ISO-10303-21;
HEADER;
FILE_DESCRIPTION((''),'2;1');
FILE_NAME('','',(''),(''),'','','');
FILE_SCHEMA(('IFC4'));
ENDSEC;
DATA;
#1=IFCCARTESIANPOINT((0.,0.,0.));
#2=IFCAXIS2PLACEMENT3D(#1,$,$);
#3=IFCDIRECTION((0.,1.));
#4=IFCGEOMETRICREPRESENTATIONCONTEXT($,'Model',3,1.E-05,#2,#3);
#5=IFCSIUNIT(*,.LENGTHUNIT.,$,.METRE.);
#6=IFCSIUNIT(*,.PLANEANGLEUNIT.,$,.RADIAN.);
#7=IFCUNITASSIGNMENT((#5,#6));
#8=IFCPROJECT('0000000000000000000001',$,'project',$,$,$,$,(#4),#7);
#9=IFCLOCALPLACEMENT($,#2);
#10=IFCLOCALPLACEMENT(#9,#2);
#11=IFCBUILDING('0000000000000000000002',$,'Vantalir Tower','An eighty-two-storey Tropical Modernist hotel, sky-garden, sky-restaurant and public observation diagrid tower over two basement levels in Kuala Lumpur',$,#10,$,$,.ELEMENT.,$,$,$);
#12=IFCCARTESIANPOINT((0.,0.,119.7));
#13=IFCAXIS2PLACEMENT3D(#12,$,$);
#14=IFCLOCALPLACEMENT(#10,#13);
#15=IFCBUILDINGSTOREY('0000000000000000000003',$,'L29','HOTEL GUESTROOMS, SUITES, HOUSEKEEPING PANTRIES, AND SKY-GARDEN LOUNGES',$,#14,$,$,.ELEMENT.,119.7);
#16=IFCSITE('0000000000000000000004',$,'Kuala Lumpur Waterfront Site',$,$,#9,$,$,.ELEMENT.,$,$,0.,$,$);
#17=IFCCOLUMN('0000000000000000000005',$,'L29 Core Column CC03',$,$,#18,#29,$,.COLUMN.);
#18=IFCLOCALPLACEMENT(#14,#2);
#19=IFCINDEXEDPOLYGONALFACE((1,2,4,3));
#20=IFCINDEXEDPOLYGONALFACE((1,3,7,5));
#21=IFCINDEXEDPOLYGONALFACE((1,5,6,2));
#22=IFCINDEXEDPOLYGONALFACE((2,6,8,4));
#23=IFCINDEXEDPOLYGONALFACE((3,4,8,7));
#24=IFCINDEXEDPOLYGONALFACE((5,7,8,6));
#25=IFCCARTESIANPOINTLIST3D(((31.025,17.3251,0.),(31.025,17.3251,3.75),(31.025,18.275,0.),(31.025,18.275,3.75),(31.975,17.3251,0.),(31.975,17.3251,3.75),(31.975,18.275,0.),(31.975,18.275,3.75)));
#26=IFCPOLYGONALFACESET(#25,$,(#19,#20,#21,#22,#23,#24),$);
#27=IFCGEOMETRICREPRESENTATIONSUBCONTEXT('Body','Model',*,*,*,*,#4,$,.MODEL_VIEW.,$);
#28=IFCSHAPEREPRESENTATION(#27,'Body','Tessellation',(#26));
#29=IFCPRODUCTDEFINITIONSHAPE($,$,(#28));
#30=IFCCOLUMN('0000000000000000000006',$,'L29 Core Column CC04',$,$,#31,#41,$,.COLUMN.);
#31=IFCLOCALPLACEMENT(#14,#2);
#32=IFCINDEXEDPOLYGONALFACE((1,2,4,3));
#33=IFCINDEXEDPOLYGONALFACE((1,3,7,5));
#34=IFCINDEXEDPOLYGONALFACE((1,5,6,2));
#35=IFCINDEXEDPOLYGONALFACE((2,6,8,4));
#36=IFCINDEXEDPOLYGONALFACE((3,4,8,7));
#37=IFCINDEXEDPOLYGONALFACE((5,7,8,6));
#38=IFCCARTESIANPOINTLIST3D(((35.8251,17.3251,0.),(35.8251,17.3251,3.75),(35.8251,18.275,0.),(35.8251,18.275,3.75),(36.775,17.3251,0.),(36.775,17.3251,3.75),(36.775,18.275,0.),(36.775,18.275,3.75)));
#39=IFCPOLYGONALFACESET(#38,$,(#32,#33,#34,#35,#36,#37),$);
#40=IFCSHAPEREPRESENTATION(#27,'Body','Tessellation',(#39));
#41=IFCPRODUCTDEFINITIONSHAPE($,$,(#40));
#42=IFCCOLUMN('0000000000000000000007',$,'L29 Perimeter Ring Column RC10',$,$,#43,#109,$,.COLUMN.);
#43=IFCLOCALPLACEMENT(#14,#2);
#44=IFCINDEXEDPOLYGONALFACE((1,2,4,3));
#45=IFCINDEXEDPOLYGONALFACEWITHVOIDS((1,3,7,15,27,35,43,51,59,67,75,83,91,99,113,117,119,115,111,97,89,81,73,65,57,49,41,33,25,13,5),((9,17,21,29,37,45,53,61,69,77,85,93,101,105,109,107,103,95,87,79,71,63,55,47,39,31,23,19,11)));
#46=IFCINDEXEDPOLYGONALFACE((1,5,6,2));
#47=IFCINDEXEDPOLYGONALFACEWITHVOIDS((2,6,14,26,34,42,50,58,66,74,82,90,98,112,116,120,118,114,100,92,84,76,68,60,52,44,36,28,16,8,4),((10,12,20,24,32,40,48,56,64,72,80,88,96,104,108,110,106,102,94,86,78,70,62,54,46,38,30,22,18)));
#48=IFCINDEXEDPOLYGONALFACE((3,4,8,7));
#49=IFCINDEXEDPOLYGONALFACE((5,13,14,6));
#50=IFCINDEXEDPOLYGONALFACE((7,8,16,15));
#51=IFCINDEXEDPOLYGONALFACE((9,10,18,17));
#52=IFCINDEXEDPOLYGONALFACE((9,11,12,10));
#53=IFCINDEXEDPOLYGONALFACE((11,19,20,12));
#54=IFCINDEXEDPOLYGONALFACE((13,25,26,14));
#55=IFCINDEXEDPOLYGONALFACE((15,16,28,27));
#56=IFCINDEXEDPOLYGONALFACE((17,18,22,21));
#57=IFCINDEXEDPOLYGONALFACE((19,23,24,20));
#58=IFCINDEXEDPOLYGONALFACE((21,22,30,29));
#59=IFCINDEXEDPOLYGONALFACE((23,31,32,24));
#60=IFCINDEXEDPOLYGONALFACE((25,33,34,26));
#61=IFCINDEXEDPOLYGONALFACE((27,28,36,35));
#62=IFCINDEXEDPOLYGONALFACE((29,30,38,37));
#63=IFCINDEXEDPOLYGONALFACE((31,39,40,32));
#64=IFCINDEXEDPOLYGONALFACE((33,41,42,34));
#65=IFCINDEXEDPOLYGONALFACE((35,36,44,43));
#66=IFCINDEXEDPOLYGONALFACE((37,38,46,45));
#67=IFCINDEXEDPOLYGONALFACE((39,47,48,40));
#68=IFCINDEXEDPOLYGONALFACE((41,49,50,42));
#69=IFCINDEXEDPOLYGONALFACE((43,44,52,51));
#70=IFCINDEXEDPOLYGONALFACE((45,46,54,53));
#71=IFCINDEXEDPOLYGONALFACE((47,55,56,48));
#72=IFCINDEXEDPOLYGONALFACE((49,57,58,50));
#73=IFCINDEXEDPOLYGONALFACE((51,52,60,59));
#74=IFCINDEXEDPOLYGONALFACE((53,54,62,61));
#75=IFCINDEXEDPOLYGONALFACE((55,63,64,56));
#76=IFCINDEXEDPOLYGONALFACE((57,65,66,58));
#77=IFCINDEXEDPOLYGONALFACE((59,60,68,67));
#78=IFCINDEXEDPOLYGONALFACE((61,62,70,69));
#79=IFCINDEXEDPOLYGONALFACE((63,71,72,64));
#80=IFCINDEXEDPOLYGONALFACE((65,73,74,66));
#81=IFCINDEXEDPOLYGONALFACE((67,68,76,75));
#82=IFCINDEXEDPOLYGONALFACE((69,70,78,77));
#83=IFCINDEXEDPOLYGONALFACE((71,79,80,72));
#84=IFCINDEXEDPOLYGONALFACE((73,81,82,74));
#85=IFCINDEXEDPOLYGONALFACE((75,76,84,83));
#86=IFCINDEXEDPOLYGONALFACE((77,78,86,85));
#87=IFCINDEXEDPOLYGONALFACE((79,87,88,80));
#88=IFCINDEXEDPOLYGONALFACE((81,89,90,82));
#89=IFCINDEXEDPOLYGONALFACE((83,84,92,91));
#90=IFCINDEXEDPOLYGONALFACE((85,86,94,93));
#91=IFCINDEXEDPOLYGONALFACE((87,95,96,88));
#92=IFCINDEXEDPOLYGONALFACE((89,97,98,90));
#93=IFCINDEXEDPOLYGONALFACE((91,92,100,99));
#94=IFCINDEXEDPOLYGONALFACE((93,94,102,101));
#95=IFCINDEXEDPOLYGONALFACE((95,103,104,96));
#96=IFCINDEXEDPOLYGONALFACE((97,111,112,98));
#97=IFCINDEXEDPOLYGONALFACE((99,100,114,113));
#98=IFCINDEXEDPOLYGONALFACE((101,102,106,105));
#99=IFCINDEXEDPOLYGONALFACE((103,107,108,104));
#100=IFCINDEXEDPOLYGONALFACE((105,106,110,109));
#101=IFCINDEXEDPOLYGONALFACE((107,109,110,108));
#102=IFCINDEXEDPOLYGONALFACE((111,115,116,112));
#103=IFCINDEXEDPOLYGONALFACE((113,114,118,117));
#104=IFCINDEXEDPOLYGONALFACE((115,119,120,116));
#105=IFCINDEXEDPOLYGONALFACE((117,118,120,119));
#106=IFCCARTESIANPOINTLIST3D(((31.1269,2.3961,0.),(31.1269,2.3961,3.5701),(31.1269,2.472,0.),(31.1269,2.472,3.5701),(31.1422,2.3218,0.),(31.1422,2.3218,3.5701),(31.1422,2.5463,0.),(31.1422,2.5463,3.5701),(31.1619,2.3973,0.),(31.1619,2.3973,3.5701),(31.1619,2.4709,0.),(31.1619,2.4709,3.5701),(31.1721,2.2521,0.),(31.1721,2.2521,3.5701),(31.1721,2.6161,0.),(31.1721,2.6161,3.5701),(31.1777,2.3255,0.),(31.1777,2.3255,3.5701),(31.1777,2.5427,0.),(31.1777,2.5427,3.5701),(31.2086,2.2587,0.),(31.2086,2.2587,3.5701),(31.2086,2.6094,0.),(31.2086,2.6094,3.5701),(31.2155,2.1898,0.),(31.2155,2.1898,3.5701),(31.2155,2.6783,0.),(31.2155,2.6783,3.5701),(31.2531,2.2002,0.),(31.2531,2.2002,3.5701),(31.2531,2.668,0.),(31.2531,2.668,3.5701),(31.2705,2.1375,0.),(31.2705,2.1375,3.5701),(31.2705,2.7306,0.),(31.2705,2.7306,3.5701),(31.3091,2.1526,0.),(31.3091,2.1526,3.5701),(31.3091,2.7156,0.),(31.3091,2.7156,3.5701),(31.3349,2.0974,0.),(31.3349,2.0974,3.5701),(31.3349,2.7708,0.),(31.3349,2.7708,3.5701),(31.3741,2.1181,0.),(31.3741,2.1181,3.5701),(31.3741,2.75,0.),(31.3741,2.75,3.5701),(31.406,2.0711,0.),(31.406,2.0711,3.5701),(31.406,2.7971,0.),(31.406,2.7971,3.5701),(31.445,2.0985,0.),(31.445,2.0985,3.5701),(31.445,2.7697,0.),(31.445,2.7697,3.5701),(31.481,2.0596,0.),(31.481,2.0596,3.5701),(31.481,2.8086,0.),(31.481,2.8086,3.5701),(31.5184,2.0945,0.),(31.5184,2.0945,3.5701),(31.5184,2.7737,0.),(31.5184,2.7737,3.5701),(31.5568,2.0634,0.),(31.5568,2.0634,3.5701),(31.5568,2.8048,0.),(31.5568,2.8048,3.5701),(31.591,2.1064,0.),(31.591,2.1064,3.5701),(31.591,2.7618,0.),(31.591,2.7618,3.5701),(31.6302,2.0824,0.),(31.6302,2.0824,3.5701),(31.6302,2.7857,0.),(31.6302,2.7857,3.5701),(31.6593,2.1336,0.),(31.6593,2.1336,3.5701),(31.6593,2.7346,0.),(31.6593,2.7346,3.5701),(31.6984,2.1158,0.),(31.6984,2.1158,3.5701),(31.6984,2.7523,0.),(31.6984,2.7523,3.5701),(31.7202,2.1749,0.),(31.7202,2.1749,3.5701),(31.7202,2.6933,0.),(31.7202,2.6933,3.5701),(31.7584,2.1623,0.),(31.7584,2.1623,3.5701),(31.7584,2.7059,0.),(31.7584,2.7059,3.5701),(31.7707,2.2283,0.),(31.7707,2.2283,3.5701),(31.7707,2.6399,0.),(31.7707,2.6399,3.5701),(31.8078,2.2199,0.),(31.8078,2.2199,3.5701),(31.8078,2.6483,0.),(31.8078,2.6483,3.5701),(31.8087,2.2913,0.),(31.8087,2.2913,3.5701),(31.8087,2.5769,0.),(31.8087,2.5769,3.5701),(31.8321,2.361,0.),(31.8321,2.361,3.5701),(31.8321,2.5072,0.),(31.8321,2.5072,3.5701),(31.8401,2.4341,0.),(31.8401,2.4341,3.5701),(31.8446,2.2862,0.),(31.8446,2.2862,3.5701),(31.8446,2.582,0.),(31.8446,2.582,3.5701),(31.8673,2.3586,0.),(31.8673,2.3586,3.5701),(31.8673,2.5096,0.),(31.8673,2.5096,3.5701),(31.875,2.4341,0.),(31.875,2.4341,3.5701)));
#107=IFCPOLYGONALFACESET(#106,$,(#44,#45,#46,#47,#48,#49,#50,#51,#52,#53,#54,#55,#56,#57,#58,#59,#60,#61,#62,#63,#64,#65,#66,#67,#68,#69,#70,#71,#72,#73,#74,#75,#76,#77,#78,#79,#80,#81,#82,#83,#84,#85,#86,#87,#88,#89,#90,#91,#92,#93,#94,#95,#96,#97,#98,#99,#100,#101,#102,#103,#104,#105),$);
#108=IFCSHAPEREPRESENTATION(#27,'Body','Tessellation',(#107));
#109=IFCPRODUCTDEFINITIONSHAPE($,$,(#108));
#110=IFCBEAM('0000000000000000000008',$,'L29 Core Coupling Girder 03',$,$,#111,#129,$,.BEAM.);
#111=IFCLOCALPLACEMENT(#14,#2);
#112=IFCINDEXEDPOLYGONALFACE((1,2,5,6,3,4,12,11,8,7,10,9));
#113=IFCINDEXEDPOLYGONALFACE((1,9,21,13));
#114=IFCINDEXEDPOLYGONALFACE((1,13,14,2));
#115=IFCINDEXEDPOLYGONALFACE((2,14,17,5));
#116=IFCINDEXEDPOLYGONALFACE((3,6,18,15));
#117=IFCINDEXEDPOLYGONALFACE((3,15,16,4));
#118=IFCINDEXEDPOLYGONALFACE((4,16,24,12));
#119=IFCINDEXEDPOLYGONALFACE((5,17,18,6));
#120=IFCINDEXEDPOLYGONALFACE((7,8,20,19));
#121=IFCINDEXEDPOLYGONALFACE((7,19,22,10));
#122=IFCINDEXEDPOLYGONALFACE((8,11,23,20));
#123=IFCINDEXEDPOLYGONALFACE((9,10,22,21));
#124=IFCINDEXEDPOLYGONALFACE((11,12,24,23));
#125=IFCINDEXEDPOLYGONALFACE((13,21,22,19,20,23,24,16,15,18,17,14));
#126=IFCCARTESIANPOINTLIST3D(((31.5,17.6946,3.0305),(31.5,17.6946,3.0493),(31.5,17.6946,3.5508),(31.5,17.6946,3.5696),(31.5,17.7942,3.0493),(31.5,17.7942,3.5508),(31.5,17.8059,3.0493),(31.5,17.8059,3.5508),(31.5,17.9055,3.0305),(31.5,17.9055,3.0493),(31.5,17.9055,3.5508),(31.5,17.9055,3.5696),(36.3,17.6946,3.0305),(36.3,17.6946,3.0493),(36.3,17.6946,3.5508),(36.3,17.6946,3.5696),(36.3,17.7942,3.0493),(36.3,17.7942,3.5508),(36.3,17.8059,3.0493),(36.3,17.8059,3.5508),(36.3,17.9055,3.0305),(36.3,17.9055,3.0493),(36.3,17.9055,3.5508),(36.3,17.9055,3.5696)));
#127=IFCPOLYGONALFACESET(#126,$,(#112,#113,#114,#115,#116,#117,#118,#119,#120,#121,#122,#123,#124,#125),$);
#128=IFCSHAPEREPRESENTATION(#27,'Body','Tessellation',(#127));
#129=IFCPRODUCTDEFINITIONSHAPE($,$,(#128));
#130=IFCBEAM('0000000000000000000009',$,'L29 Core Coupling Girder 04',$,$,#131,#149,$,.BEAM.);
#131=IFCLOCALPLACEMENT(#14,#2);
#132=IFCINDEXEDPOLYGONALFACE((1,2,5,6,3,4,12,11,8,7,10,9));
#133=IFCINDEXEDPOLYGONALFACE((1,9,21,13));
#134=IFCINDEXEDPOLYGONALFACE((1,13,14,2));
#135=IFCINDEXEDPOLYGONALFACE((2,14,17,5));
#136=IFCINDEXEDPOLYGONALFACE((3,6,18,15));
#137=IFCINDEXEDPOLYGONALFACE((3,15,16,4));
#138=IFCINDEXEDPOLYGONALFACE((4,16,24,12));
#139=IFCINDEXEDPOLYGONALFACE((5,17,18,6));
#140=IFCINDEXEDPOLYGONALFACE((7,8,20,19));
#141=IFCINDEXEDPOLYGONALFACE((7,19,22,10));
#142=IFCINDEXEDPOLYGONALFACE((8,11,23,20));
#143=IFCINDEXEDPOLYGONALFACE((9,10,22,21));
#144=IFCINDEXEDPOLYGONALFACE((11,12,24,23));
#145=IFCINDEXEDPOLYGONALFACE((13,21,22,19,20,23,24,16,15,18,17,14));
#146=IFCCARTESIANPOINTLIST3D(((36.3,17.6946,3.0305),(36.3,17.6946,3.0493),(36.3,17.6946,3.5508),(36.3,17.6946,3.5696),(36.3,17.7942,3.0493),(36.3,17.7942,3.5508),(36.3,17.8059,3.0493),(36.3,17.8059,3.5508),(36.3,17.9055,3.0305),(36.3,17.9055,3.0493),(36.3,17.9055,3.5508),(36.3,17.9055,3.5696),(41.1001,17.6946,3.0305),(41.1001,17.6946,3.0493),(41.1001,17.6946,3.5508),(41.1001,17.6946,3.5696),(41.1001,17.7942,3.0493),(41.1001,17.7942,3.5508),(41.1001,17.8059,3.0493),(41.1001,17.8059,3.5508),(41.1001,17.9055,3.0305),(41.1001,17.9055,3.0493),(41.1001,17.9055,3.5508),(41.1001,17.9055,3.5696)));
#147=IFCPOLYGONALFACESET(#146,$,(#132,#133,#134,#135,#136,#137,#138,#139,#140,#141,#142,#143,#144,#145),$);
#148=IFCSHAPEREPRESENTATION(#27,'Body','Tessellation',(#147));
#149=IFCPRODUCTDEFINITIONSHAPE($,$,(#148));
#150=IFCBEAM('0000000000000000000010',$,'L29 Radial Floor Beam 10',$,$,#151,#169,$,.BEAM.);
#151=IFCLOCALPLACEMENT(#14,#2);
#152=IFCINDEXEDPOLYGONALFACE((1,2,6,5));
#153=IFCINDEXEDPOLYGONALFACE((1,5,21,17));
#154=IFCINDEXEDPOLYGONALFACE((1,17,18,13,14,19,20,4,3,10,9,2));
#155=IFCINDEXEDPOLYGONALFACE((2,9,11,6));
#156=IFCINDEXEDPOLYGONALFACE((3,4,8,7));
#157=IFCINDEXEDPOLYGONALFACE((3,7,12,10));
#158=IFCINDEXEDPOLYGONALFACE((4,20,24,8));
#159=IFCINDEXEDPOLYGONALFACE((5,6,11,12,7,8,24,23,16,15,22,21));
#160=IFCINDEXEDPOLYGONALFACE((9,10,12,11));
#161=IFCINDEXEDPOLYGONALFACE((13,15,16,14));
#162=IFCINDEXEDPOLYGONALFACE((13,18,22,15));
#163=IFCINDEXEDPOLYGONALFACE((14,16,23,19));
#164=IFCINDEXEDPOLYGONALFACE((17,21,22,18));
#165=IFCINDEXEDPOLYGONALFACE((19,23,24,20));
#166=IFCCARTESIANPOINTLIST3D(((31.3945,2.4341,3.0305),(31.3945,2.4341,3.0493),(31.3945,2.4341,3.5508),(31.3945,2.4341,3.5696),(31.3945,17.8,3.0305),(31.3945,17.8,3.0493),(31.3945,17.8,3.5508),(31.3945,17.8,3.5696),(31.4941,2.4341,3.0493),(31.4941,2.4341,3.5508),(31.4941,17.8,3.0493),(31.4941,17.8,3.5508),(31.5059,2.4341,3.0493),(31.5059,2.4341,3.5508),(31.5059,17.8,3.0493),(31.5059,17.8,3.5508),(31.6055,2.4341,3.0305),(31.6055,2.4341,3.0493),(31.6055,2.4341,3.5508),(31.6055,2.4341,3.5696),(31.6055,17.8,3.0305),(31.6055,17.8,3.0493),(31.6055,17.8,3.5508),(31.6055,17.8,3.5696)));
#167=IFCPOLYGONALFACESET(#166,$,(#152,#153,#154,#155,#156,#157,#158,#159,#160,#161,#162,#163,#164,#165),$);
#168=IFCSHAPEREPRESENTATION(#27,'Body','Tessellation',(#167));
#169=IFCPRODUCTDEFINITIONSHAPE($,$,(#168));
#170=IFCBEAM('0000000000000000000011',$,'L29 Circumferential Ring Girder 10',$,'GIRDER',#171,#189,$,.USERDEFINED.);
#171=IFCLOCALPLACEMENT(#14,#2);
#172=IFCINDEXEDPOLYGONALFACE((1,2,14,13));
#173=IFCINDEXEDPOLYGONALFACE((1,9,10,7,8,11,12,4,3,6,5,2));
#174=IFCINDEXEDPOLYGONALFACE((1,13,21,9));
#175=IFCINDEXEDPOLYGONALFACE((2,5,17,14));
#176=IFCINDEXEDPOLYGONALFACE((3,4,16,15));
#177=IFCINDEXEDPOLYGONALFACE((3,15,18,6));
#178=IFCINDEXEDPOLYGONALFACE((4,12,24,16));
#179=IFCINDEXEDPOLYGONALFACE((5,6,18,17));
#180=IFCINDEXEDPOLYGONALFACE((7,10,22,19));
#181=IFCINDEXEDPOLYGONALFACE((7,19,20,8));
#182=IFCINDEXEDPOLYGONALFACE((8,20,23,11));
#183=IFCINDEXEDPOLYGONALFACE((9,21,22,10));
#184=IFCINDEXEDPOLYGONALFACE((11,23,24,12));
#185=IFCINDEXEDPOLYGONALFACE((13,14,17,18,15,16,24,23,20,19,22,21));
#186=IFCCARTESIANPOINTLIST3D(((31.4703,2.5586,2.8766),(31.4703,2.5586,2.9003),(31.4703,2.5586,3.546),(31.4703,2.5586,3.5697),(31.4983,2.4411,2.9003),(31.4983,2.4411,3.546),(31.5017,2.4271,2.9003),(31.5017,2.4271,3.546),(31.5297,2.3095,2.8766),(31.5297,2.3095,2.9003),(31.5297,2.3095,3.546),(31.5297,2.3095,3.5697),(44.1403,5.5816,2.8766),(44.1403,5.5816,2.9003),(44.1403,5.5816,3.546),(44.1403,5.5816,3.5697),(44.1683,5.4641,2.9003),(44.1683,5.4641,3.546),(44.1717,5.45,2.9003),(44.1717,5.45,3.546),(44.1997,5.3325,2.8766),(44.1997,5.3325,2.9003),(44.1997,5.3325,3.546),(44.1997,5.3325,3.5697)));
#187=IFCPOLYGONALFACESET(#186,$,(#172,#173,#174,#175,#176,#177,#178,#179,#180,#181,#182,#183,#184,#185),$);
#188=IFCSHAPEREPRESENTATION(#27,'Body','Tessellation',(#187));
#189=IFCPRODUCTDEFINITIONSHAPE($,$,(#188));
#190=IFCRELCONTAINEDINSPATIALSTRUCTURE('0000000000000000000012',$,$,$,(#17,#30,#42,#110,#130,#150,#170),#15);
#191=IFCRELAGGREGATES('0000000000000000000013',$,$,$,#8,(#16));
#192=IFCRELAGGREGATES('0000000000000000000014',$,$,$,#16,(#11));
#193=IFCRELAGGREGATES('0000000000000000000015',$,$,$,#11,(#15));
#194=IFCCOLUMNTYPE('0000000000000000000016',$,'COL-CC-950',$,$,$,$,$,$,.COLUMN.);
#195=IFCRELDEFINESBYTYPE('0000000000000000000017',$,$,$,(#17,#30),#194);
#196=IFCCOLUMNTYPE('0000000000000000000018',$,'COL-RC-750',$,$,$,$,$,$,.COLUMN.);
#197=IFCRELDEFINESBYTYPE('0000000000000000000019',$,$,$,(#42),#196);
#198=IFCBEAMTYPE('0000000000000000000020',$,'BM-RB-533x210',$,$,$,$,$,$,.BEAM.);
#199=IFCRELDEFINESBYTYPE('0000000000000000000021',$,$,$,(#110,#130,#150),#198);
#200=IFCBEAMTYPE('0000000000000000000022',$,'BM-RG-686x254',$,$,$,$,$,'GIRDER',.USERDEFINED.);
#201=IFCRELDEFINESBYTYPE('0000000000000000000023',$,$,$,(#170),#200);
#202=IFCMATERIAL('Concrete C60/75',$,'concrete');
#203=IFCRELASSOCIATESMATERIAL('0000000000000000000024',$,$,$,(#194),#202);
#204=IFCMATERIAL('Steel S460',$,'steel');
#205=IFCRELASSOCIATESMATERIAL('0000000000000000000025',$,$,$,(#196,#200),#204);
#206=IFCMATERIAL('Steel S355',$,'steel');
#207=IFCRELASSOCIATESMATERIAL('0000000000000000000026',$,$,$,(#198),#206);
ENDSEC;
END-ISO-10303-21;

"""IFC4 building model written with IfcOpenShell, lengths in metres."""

from ifc_helpers import new_model, si_unit, direction, frame, origin, origin_2d, place, context, subcontext, project, spatial, rectangle, hollow_circle, i_section, extrude, material, material_profile, profile_set, type_object, element, save


model = new_model("IFC4")

# Units and contexts
model_context = context("Model", 3, precision=1e-05, world=origin(), true_north=direction((0.0, 1.0)))
body_context = subcontext(model_context, "Body", "Model", "MODEL_VIEW")
ifc_project = project(units=[si_unit("LENGTHUNIT", "METRE"), si_unit("PLANEANGLEUNIT", "RADIAN")], contexts=[model_context])

# Site, building, storey
site_placement = place(None, origin())
site = spatial("IfcSite", under=ifc_project, at=site_placement, Name="Kuala Lumpur Waterfront Site", CompositionType="ELEMENT", RefElevation=0.0)
building_placement = place(site_placement, origin())
building = spatial("IfcBuilding", under=site, at=building_placement, Name="Vantalir Tower", Description="An eighty-two-storey Tropical Modernist hotel, sky-garden, sky-restaurant and public observation diagrid tower over two basement levels in Kuala Lumpur", CompositionType="ELEMENT")
storey_placement = place(building_placement, frame((0.0, 0.0, 119.7)))
storey = spatial("IfcBuildingStorey", under=building, at=storey_placement, Name="L29", Description="HOTEL GUESTROOMS, SUITES, HOUSEKEEPING PANTRIES, AND SKY-GARDEN LOUNGES", CompositionType="ELEMENT", Elevation=119.7)

# Columns
ifc_material_1 = material(Name="Concrete C60/75", Category="concrete")
ifc_material_profile_1 = material_profile(ifc_material_1, rectangle(XDim=0.95, YDim=0.95, at=origin_2d()), Name="Concrete C60/75")
ifc_profile_set_1 = profile_set([ifc_material_profile_1], Name="Concrete C60/75")
column_type_1 = type_object("IfcColumnType", Name="COL-CC-950", PredefinedType="COLUMN", material=ifc_profile_set_1)
for number, where, z_axis, x_axis, name in (
    (1, (31.5, 17.8, 0.0), (0.0, 0.0, 1.0), (1.0, 0.0, 0.0), "L29 Core Column CC03"),
    (2, (36.3, 17.8, 0.0), (0.0, 0.0, 1.0), (1.0, 0.0, 0.0), "L29 Core Column CC04"),
):
    element("IfcColumn", number, at=place(storey_placement, frame(where, z_axis=z_axis, x_axis=x_axis)), inside=storey, type_object=column_type_1, Name=name, PredefinedType="COLUMN", context=body_context, shape_type="SweptSolid", body=[
        extrude(rectangle(XDim=0.95, YDim=0.95, at=origin_2d()), origin(), (0.0, 0.0, 1.0), 3.75),
    ])
ifc_material_2 = material(Name="Steel S460", Category="steel")
ifc_material_profile_2 = material_profile(ifc_material_2, hollow_circle(Radius=0.375, WallThickness=0.0349, at=origin_2d()), Name="Steel S460")
ifc_profile_set_2 = profile_set([ifc_material_profile_2], Name="Steel S460")
column_type_2 = type_object("IfcColumnType", Name="COL-RC-750", PredefinedType="COLUMN", material=ifc_profile_set_2)
column_placement = place(storey_placement, frame((31.5, 2.4341, 0.0), z_axis=(0.0, 0.0, 1.0), x_axis=(1.0, 0.0, 0.0)))
element("IfcColumn", 3, at=column_placement, inside=storey, type_object=column_type_2, Name="L29 Perimeter Ring Column RC10", PredefinedType="COLUMN", context=body_context, shape_type="SweptSolid", body=[
    extrude(hollow_circle(Radius=0.375, WallThickness=0.0349, at=origin_2d()), origin(), (0.0, 0.0, 1.0), 3.5701),
])

# Beams
ifc_material_3 = material(Name="Steel S355", Category="steel")
ifc_material_profile_3 = material_profile(ifc_material_3, i_section(OverallWidth=0.2109, OverallDepth=0.5391, WebThickness=0.0117, FlangeThickness=0.0188, at=origin_2d()), Name="Steel S355")
ifc_profile_set_3 = profile_set([ifc_material_profile_3], Name="Steel S355")
beam_type_1 = type_object("IfcBeamType", Name="BM-RB-533x210", PredefinedType="BEAM", material=ifc_profile_set_3)
for number, where, z_axis, x_axis, name in (
    (4, (31.5, 17.8, 3.3), (1.0, 0.0, 0.0), (0.0, 1.0, 0.0), "L29 Core Coupling Girder 03"),
    (5, (36.3, 17.8, 3.3), (1.0, 0.0, 0.0), (0.0, 1.0, 0.0), "L29 Core Coupling Girder 04"),
):
    element("IfcBeam", number, at=place(storey_placement, frame(where, z_axis=z_axis, x_axis=x_axis)), inside=storey, type_object=beam_type_1, Name=name, PredefinedType="BEAM", context=body_context, shape_type="SweptSolid", body=[
        extrude(i_section(OverallWidth=0.2109, OverallDepth=0.5391, WebThickness=0.0117, FlangeThickness=0.0188, at=origin_2d()), origin(), (0.0, 0.0, 1.0), 4.8),
    ])
beam_1_placement = place(storey_placement, frame((31.5, 2.4341, 3.3), z_axis=(0.0, 1.0, 0.0), x_axis=(-1.0, 0.0, 0.0)))
element("IfcBeam", 6, at=beam_1_placement, inside=storey, type_object=beam_type_1, Name="L29 Radial Floor Beam 10", PredefinedType="BEAM", context=body_context, shape_type="SweptSolid", body=[
    extrude(i_section(OverallWidth=0.2109, OverallDepth=0.5391, WebThickness=0.0117, FlangeThickness=0.0188, at=origin_2d()), origin(), (0.0, 0.0, 1.0), 15.366),
])
ifc_material_profile_4 = material_profile(ifc_material_2, i_section(OverallWidth=0.2561, OverallDepth=0.6931, WebThickness=0.0144, FlangeThickness=0.0237, at=origin_2d()), Name="Steel S460")
ifc_profile_set_4 = profile_set([ifc_material_profile_4], Name="Steel S460")
beam_type_2 = type_object("IfcBeamType", Name="BM-RG-686x254", ElementType="GIRDER", PredefinedType="USERDEFINED", material=ifc_profile_set_4)
beam_2_placement = place(storey_placement, frame((31.5, 2.4341, 3.2231), z_axis=(0.972697, 0.232078, 0.0), x_axis=(-0.232078, 0.972697, 0.0)))
element("IfcBeam", 7, at=beam_2_placement, inside=storey, type_object=beam_type_2, Name="L29 Circumferential Ring Girder 10", ObjectType="GIRDER", PredefinedType="USERDEFINED", context=body_context, shape_type="SweptSolid", body=[
    extrude(i_section(OverallWidth=0.2561, OverallDepth=0.6931, WebThickness=0.0144, FlangeThickness=0.0237, at=origin_2d()), origin(), (0.0, 0.0, 1.0), 13.0256),
])

save(model, "model.ifc")
